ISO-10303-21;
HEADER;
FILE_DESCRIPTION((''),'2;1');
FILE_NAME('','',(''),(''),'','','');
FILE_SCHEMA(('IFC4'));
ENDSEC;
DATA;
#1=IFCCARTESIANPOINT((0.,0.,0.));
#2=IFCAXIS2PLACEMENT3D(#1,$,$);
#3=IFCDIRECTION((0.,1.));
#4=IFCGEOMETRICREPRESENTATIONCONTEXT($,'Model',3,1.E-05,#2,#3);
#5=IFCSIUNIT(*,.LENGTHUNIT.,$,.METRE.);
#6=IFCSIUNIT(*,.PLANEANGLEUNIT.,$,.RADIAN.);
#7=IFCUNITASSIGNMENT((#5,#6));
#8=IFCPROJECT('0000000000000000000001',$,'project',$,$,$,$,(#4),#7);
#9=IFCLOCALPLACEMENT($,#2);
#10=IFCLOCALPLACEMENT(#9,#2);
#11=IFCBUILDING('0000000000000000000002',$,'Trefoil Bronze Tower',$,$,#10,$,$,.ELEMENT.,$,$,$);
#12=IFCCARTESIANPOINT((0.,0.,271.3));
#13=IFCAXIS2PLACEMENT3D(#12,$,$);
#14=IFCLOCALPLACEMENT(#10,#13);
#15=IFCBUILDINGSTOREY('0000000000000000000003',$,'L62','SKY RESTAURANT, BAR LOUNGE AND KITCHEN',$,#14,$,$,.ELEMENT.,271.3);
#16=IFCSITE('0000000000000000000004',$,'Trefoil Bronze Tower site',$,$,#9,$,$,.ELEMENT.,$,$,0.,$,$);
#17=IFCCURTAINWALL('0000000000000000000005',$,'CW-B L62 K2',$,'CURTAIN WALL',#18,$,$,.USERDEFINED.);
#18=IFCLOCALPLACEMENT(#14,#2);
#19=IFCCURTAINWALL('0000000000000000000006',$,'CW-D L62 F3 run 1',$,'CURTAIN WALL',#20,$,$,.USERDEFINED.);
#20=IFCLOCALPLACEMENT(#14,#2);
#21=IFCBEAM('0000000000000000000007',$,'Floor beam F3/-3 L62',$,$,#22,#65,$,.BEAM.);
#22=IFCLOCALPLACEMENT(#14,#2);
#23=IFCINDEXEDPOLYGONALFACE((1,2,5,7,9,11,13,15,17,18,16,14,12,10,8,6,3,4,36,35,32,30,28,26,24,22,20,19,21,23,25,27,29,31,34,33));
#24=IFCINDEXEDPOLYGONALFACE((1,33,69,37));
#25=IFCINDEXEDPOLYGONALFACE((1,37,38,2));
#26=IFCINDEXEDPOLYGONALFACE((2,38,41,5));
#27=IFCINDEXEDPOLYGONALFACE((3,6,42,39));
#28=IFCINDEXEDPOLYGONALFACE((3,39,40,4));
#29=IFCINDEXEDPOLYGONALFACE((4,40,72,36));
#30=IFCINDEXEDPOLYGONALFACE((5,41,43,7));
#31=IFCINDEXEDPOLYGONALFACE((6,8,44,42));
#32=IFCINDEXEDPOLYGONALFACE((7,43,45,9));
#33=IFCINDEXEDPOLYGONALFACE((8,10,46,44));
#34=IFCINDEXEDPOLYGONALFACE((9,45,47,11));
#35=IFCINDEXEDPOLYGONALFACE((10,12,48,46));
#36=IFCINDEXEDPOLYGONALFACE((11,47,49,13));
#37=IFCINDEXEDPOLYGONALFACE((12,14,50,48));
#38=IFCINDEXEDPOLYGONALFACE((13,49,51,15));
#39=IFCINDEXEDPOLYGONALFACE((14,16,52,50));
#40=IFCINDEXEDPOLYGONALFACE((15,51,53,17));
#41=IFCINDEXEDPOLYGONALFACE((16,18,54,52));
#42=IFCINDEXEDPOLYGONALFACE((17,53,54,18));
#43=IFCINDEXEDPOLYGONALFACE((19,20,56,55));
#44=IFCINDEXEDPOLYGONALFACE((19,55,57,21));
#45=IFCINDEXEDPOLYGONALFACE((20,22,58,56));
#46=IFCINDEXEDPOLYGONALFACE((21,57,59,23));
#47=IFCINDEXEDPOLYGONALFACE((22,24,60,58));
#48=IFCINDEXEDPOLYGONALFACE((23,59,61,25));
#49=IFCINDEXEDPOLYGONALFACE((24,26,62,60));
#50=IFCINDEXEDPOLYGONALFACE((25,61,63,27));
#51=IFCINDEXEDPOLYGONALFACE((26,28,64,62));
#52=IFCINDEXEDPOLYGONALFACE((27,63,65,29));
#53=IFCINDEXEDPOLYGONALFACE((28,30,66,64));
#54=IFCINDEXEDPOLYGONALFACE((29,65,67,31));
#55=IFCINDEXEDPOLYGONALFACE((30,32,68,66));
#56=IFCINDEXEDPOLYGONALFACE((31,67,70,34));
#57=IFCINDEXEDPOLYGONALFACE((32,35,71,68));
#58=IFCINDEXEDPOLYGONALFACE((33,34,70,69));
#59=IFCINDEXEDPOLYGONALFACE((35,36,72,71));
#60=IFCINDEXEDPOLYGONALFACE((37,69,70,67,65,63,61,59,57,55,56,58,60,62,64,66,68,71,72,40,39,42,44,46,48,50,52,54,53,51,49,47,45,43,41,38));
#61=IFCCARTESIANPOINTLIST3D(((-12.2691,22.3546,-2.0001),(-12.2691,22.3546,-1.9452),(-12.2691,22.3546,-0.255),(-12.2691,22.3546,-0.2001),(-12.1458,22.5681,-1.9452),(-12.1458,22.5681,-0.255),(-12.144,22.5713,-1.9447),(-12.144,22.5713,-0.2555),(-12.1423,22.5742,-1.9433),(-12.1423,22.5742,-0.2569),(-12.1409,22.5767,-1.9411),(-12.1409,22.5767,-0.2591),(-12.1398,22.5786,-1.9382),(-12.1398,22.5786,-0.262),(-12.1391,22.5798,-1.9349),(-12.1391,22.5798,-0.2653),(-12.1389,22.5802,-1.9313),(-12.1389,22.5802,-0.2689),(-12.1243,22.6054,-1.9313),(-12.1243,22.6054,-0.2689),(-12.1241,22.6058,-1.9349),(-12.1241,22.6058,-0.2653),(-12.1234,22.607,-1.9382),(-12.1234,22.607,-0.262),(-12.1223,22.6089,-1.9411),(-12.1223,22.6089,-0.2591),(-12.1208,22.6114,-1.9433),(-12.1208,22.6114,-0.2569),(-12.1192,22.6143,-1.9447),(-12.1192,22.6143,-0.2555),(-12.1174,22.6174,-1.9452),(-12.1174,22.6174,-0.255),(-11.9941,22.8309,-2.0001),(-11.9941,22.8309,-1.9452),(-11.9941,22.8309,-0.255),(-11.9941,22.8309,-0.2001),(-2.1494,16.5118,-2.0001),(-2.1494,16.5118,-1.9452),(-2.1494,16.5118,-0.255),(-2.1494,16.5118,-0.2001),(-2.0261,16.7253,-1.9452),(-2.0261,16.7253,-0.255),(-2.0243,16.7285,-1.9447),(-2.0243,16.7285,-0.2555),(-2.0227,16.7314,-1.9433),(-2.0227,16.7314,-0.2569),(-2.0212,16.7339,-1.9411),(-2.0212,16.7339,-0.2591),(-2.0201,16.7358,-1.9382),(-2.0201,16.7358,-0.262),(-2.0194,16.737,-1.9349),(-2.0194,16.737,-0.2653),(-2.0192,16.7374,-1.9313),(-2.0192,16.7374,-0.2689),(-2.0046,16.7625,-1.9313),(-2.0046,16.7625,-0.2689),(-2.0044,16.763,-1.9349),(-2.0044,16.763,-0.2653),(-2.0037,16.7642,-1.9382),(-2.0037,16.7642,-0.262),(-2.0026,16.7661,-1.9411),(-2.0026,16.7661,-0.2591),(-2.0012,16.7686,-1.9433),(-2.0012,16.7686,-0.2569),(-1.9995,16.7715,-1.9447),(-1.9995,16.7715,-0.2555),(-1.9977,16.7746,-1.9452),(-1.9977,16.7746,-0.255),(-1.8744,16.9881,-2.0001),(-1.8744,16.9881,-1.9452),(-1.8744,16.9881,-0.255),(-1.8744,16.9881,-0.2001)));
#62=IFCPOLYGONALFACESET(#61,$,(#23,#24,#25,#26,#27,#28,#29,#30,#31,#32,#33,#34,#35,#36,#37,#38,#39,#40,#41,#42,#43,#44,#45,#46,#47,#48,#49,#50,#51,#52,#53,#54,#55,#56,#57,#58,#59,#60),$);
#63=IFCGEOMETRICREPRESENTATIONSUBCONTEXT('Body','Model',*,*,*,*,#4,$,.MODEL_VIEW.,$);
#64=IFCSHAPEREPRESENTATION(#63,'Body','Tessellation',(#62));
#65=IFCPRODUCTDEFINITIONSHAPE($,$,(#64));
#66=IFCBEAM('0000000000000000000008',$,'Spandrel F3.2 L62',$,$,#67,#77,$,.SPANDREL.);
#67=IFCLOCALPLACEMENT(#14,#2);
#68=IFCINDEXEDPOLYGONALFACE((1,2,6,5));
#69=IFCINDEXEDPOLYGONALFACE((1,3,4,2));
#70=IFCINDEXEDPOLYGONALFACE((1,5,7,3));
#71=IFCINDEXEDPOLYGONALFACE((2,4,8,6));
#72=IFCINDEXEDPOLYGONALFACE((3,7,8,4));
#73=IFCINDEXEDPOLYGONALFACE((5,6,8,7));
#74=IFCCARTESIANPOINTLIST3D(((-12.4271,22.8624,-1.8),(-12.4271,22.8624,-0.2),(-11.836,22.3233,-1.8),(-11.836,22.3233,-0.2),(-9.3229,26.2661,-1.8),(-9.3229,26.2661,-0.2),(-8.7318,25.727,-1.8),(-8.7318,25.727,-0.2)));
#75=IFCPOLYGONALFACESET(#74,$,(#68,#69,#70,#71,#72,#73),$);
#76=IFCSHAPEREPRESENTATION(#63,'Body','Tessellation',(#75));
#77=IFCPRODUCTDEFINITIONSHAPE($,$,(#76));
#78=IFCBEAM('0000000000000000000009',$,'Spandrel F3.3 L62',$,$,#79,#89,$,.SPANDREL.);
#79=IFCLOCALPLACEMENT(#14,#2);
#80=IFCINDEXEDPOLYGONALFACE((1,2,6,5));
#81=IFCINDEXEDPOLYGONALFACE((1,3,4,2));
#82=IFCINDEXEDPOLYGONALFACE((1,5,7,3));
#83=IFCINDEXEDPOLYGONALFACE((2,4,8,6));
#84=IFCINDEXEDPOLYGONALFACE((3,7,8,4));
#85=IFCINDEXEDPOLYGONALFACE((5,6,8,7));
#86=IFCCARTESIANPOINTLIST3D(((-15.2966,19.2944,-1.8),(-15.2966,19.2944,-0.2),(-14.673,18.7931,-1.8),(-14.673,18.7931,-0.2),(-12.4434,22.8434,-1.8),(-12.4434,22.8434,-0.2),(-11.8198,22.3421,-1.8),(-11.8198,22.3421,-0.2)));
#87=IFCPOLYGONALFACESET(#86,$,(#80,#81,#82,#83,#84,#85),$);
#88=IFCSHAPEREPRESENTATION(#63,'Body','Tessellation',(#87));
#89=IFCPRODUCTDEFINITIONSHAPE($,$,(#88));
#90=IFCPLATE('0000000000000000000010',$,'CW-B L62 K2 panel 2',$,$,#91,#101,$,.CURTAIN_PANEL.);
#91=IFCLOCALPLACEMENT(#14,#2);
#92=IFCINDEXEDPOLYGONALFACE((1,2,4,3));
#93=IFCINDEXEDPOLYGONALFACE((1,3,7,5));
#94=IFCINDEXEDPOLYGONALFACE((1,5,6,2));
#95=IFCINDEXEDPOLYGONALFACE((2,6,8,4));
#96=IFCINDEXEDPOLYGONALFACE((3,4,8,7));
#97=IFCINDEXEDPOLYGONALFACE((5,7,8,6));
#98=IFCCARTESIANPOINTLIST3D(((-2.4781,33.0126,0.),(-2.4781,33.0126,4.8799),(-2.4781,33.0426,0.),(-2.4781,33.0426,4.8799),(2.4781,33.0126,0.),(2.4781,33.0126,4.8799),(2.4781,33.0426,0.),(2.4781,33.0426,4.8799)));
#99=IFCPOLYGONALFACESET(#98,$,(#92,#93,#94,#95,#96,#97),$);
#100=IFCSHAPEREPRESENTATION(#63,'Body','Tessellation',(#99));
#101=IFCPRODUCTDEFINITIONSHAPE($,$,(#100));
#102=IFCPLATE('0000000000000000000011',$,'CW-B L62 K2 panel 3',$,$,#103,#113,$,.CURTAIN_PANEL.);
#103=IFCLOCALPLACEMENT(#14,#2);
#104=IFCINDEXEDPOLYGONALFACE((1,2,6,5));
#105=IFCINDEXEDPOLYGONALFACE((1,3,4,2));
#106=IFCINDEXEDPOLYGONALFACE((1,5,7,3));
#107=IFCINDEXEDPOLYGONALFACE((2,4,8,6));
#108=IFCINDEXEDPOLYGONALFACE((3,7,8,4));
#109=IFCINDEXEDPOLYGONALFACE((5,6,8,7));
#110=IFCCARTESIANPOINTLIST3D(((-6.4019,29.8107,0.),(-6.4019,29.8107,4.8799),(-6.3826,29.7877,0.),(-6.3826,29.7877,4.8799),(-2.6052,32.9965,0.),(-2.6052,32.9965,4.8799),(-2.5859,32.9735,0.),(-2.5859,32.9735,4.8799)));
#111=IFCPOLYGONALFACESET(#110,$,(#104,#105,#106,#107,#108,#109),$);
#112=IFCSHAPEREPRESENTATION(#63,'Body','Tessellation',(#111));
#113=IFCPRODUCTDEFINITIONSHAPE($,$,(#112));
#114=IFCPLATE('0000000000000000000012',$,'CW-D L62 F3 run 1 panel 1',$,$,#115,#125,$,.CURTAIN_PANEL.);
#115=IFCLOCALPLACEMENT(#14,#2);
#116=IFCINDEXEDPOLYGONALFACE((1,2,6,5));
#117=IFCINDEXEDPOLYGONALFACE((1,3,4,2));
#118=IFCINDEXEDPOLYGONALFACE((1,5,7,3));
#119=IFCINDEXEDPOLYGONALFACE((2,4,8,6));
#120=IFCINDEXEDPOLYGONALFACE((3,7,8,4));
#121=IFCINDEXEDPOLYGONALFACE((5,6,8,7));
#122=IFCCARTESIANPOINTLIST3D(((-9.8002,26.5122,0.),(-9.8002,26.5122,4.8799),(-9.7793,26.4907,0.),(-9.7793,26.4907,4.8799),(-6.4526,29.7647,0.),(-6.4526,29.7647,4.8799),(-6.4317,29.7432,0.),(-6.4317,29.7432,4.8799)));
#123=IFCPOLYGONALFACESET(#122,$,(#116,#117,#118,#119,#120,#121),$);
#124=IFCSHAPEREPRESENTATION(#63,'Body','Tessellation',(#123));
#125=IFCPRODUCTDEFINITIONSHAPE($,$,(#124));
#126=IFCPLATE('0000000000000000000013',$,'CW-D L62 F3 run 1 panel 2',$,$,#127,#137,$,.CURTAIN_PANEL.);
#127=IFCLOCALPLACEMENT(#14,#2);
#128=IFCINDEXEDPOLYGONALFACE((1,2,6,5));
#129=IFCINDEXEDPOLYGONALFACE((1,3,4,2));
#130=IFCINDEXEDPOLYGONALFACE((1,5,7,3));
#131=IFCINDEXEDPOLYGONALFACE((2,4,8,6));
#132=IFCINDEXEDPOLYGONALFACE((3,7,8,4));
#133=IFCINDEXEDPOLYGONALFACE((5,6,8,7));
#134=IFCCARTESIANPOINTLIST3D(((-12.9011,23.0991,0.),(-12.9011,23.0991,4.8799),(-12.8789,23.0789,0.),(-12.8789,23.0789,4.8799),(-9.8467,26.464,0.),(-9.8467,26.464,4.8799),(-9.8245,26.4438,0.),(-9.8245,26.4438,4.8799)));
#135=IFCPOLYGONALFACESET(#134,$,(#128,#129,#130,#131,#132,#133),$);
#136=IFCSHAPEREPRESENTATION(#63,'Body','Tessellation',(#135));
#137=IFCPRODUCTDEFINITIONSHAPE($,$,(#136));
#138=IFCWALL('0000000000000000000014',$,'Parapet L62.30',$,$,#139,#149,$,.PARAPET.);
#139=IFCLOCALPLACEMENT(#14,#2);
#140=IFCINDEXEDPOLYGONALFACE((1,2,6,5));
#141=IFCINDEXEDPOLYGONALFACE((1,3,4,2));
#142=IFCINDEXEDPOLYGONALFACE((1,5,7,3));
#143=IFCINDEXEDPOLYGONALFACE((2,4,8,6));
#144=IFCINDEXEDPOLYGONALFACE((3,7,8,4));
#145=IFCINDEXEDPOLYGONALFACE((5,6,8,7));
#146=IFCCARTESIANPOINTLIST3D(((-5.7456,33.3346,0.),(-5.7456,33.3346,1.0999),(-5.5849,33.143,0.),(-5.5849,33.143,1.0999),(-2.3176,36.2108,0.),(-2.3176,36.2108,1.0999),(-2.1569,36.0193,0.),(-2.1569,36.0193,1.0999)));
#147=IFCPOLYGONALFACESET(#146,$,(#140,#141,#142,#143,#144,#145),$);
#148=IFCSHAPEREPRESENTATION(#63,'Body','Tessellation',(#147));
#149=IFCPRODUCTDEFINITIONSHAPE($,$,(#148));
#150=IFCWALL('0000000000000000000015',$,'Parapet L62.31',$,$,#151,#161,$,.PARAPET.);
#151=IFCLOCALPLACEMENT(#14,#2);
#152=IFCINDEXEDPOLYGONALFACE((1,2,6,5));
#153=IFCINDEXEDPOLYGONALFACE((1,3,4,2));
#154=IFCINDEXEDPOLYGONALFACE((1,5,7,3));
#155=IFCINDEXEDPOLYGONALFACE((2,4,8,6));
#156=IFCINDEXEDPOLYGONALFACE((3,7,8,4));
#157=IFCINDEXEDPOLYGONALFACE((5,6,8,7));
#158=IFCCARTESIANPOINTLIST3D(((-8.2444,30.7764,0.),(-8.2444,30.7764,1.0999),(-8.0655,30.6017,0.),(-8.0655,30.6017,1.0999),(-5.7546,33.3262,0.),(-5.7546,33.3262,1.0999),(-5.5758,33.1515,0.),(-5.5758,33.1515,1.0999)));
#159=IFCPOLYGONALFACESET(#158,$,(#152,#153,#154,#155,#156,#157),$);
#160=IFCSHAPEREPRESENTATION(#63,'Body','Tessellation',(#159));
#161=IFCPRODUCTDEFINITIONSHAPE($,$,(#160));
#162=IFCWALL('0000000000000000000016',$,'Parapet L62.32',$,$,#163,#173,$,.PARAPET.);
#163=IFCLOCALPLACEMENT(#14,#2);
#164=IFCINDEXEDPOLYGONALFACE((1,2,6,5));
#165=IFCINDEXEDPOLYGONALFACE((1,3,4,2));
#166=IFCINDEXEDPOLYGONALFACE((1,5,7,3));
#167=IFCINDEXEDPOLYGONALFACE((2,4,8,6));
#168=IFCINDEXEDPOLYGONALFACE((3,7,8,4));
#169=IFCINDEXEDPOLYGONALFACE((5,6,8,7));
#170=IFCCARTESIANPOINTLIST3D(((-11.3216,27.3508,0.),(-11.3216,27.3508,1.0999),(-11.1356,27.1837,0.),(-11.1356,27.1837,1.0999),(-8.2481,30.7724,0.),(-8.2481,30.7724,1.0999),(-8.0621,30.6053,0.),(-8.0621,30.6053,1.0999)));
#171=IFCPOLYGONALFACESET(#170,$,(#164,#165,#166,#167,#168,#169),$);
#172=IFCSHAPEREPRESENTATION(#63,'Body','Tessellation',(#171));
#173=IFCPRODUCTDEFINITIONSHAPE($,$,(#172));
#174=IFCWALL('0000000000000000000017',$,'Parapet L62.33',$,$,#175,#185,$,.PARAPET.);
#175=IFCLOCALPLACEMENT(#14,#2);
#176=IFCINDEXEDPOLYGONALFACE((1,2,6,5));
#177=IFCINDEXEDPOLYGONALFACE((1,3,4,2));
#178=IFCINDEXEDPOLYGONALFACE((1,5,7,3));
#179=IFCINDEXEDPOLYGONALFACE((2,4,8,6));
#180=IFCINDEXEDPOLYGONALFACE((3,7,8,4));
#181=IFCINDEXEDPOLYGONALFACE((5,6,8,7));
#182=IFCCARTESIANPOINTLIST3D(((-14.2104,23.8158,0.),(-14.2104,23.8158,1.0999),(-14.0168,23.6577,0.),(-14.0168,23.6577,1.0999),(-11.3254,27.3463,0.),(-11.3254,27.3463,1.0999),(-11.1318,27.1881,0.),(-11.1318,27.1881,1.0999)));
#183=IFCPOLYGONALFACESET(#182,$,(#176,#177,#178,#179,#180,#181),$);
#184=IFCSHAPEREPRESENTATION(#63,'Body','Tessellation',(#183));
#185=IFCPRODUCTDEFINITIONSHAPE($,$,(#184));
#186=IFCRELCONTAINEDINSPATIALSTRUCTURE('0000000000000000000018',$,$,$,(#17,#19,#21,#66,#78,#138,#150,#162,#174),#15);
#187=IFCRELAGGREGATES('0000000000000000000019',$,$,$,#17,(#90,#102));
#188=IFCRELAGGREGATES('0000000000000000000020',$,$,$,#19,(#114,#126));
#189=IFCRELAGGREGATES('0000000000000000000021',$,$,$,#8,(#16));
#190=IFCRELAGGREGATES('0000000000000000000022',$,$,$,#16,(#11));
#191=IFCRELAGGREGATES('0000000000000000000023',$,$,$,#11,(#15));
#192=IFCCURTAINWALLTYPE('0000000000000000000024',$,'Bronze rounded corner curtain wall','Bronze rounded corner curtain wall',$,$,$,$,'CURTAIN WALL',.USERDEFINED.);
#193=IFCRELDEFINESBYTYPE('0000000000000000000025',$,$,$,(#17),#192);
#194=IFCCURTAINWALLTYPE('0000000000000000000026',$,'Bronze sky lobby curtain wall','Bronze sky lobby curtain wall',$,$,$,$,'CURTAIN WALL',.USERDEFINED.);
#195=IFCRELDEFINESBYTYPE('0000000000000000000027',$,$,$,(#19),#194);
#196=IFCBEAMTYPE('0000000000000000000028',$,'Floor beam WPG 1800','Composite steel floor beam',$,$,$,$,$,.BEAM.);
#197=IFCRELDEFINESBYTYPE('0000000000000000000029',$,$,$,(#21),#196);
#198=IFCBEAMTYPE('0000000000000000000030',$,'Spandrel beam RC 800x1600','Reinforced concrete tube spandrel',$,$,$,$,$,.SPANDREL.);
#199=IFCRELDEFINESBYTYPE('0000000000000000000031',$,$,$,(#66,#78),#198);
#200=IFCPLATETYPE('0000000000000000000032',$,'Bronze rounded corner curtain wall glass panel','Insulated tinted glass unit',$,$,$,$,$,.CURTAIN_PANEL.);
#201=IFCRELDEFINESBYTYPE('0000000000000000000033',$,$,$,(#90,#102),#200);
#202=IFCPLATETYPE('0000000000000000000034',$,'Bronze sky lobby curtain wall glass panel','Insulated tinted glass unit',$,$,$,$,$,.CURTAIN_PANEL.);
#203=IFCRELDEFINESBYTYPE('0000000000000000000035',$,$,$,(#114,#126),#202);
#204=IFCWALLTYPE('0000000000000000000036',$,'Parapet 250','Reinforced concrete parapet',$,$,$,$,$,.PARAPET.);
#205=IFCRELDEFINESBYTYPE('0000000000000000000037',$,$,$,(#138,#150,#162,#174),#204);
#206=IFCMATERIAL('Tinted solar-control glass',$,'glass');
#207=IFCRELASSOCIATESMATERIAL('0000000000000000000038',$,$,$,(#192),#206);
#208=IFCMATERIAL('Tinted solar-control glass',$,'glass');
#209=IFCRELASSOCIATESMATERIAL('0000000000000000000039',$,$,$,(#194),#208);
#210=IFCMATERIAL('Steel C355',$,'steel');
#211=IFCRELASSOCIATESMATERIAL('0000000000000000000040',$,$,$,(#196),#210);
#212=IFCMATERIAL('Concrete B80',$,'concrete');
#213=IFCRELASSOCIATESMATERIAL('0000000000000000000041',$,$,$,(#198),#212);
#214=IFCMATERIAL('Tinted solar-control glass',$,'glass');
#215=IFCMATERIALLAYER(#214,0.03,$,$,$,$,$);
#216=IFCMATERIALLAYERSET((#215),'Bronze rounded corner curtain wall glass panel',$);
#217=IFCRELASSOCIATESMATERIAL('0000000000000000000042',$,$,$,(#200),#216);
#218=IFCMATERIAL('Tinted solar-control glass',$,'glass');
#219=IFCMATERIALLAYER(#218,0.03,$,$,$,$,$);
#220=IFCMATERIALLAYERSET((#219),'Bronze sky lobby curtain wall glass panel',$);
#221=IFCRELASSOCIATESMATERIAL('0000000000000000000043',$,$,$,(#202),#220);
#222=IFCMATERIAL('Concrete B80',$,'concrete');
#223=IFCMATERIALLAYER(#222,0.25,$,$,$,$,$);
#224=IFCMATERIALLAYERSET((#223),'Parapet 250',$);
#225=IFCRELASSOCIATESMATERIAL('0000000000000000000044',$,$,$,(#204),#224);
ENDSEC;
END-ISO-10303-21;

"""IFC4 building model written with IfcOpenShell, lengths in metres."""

from ifc_helpers import new_model, si_unit, direction, frame, frame_2d, origin, origin_2d, place, context, subcontext, project, spatial, rectangle, i_section, extrude, material, layer, layer_set, material_profile, profile_set, type_object, element, aggregate, save


model = new_model("IFC4")

# Units and contexts
model_context = context("Model", 3, precision=1e-05, world=origin(), true_north=direction((0.0, 1.0)))
body_context = subcontext(model_context, "Body", "Model", "MODEL_VIEW")
ifc_project = project(units=[si_unit("LENGTHUNIT", "METRE"), si_unit("PLANEANGLEUNIT", "RADIAN")], contexts=[model_context])

# Site, building, storey
site_placement = place(None, origin())
site = spatial("IfcSite", under=ifc_project, at=site_placement, Name="Trefoil Bronze Tower site", CompositionType="ELEMENT", RefElevation=0.0)
building_placement = place(site_placement, origin())
building = spatial("IfcBuilding", under=site, at=building_placement, Name="Trefoil Bronze Tower", CompositionType="ELEMENT")
storey_placement = place(building_placement, frame((0.0, 0.0, 271.3)))
storey = spatial("IfcBuildingStorey", under=building, at=storey_placement, Name="L62", Description="SKY RESTAURANT, BAR LOUNGE AND KITCHEN", CompositionType="ELEMENT", Elevation=271.3)

# Curtain walls
ifc_material_1 = material(Name="Tinted solar-control glass", Category="glass")
curtain_wall_type_1 = type_object("IfcCurtainWallType", Name="Bronze rounded corner curtain wall", Description="Bronze rounded corner curtain wall", ElementType="CURTAIN WALL", PredefinedType="USERDEFINED", material=ifc_material_1)
curtain_wall_1_placement = place(storey_placement, origin())
curtain_wall_1 = element("IfcCurtainWall", 1, at=curtain_wall_1_placement, inside=storey, type_object=curtain_wall_type_1, Name="CW-B L62 K2", ObjectType="CURTAIN WALL", PredefinedType="USERDEFINED")
ifc_material_2 = material(Name="Tinted solar-control glass", Category="glass")
curtain_wall_type_2 = type_object("IfcCurtainWallType", Name="Bronze sky lobby curtain wall", Description="Bronze sky lobby curtain wall", ElementType="CURTAIN WALL", PredefinedType="USERDEFINED", material=ifc_material_2)
curtain_wall_2_placement = place(storey_placement, origin())
curtain_wall_2 = element("IfcCurtainWall", 2, at=curtain_wall_2_placement, inside=storey, type_object=curtain_wall_type_2, Name="CW-D L62 F3 run 1", ObjectType="CURTAIN WALL", PredefinedType="USERDEFINED")

# Beams
ifc_material_3 = material(Name="Steel C355", Category="steel")
ifc_material_profile_1 = material_profile(ifc_material_3, i_section(OverallWidth=0.55, OverallDepth=1.8, WebThickness=0.0291, FlangeThickness=0.0549, FilletRadius=0.0139, at=origin_2d()), Name="WPG 1800")
ifc_profile_set_1 = profile_set([ifc_material_profile_1], Name="Steel C355")
beam_type_1 = type_object("IfcBeamType", Name="Floor beam WPG 1800", Description="Composite steel floor beam", PredefinedType="BEAM", material=ifc_profile_set_1)
beam_1_placement = place(storey_placement, frame((-12.1316, 22.5928, -1.1001), z_axis=(0.866018, -0.500013, 0.0), x_axis=(0.500013, 0.866018, 0.0)))
element("IfcBeam", 3, at=beam_1_placement, inside=storey, type_object=beam_type_1, Name="Floor beam F3/-3 L62", PredefinedType="BEAM", context=body_context, shape_type="SweptSolid", body=[
    extrude(i_section(OverallWidth=0.55, OverallDepth=1.8, WebThickness=0.0291, FlangeThickness=0.0549, FilletRadius=0.0139, at=origin_2d()), origin(), (0.0, 0.0, 1.0), 11.6853),
])
ifc_material_4 = material(Name="Concrete B80", Category="concrete")
ifc_material_profile_2 = material_profile(ifc_material_4, rectangle(XDim=0.8, YDim=1.6001, at=origin_2d()), Name="RC 800x1600")
ifc_profile_set_2 = profile_set([ifc_material_profile_2], Name="Concrete B80")
beam_type_2 = type_object("IfcBeamType", Name="Spandrel beam RC 800x1600", Description="Reinforced concrete tube spandrel", PredefinedType="SPANDREL", material=ifc_profile_set_2)
beam_2_placement = place(storey_placement, frame((-9.0273, 25.9966, -1.0), z_axis=(-0.673846, -0.738872, 0.0), x_axis=(0.738872, -0.673846, 0.0)))
element("IfcBeam", 4, at=beam_2_placement, inside=storey, type_object=beam_type_2, Name="Spandrel F3.2 L62", PredefinedType="SPANDREL", context=body_context, shape_type="SweptSolid", body=[
    extrude(rectangle(XDim=0.8, YDim=1.6001, at=origin_2d()), origin(), (0.0, 0.0, 1.0), 4.6067),
])
beam_3_placement = place(storey_placement, frame((-12.1316, 22.5928, -1.0), z_axis=(-0.62657, -0.779365, 0.0), x_axis=(0.779365, -0.62657, 0.0)))
element("IfcBeam", 5, at=beam_3_placement, inside=storey, type_object=beam_type_2, Name="Spandrel F3.3 L62", PredefinedType="SPANDREL", context=body_context, shape_type="SweptSolid", body=[
    extrude(rectangle(XDim=0.8, YDim=1.6001, at=origin_2d()), origin(), (0.0, 0.0, 1.0), 4.5537),
])

# Plates
ifc_material_5 = material(Name="Tinted solar-control glass", Category="glass")
ifc_layer_1 = layer(ifc_material_5, 0.03)
ifc_layer_set_1 = layer_set([ifc_layer_1], Name="Bronze rounded corner curtain wall glass panel")
plate_type_1 = type_object("IfcPlateType", Name="Bronze rounded corner curtain wall glass panel", Description="Insulated tinted glass unit", PredefinedType="CURTAIN_PANEL", material=ifc_layer_set_1)
plate_1_placement = place(storey_placement, frame((0.0, 33.0276, 0.0), z_axis=(0.0, 0.0, 1.0), x_axis=(-1.0, 0.0, 0.0)))
plate_1 = element("IfcPlate", 6, at=plate_1_placement, type_object=plate_type_1, Name="CW-B L62 K2 panel 2", PredefinedType="CURTAIN_PANEL", context=body_context, shape_type="SweptSolid", body=[
    extrude(rectangle(XDim=4.9563, YDim=0.03, at=origin_2d()), origin(), (0.0, 0.0, 1.0), 4.8799),
])
plate_2_placement = place(storey_placement, frame((-4.4939, 31.3921, 0.0), z_axis=(0.0, 0.0, 1.0), x_axis=(-0.766044, -0.642788, 0.0)))
plate_2 = element("IfcPlate", 7, at=plate_2_placement, type_object=plate_type_1, Name="CW-B L62 K2 panel 3", PredefinedType="CURTAIN_PANEL", context=body_context, shape_type="SweptSolid", body=[
    extrude(rectangle(XDim=4.9563, YDim=0.03, at=origin_2d()), origin(), (0.0, 0.0, 1.0), 4.8799),
])
aggregate(curtain_wall_1, [plate_1, plate_2])
ifc_material_6 = material(Name="Tinted solar-control glass", Category="glass")
ifc_layer_2 = layer(ifc_material_6, 0.03)
ifc_layer_set_2 = layer_set([ifc_layer_2], Name="Bronze sky lobby curtain wall glass panel")
plate_type_2 = type_object("IfcPlateType", Name="Bronze sky lobby curtain wall glass panel", Description="Insulated tinted glass unit", PredefinedType="CURTAIN_PANEL", material=ifc_layer_set_2)
plate_3_placement = place(storey_placement, frame((-8.116, 28.1277, 0.0), z_axis=(0.0, 0.0, 1.0), x_axis=(-0.717218, -0.696849, 0.0)))
plate_3 = element("IfcPlate", 8, at=plate_3_placement, type_object=plate_type_2, Name="CW-D L62 F3 run 1 panel 1", PredefinedType="CURTAIN_PANEL", context=body_context, shape_type="SweptSolid", body=[
    extrude(rectangle(XDim=4.6675, YDim=0.03, at=origin_2d()), origin(), (0.0, 0.0, 1.0), 4.8799),
])
plate_4_placement = place(storey_placement, frame((-11.3628, 24.7715, 0.0), z_axis=(0.0, 0.0, 1.0), x_axis=(-0.672115, -0.740447, 0.0)))
plate_4 = element("IfcPlate", 9, at=plate_4_placement, type_object=plate_type_2, Name="CW-D L62 F3 run 1 panel 2", PredefinedType="CURTAIN_PANEL", context=body_context, shape_type="SweptSolid", body=[
    extrude(rectangle(XDim=4.5444, YDim=0.03, at=origin_2d()), origin(), (0.0, 0.0, 1.0), 4.8799),
])
aggregate(curtain_wall_2, [plate_3, plate_4])

# Walls
ifc_material_7 = material(Name="Concrete B80", Category="concrete")
ifc_layer_3 = layer(ifc_material_7, 0.25)
ifc_layer_set_3 = layer_set([ifc_layer_3], Name="Parapet 250")
wall_type = type_object("IfcWallType", Name="Parapet 250", Description="Reinforced concrete parapet", PredefinedType="PARAPET", material=ifc_layer_set_3)
wall_1_placement = place(storey_placement, frame((-2.2373, 36.115, 0.0), z_axis=(0.0, 0.0, 1.0), x_axis=(-0.766066, -0.642762, 0.0)))
element("IfcWall", 10, at=wall_1_placement, inside=storey, type_object=wall_type, Name="Parapet L62.30", PredefinedType="PARAPET", context=body_context, shape_type="SweptSolid", body=[
    extrude(rectangle(XDim=4.4749, YDim=0.25, at=frame_2d((2.2373, 0.0))), origin(), (0.0, 0.0, 1.0), 1.0999),
])
wall_2_placement = place(storey_placement, frame((-5.6653, 33.2388, 0.0), z_axis=(0.0, 0.0, 1.0), x_axis=(-0.69863, -0.715483, 0.0)))
element("IfcWall", 11, at=wall_2_placement, inside=storey, type_object=wall_type, Name="Parapet L62.31", PredefinedType="PARAPET", context=body_context, shape_type="SweptSolid", body=[
    extrude(rectangle(XDim=3.5637, YDim=0.25, at=frame_2d((1.7817, 0.0))), origin(), (0.0, 0.0, 1.0), 1.0999),
])
wall_3_placement = place(storey_placement, frame((-8.155, 30.689, 0.0), z_axis=(0.0, 0.0, 1.0), x_axis=(-0.668246, -0.74394, 0.0)))
element("IfcWall", 12, at=wall_3_placement, inside=storey, type_object=wall_type, Name="Parapet L62.32", PredefinedType="PARAPET", context=body_context, shape_type="SweptSolid", body=[
    extrude(rectangle(XDim=4.5994, YDim=0.25, at=frame_2d((2.2998, 0.0))), origin(), (0.0, 0.0, 1.0), 1.0999),
])
wall_4_placement = place(storey_placement, frame((-11.2285, 27.2673, 0.0), z_axis=(0.0, 0.0, 1.0), x_axis=(-0.632765, -0.774344, 0.0)))
element("IfcWall", 13, at=wall_4_placement, inside=storey, type_object=wall_type, Name="Parapet L62.33", PredefinedType="PARAPET", context=body_context, shape_type="SweptSolid", body=[
    extrude(rectangle(XDim=4.5593, YDim=0.25, at=frame_2d((2.2798, 0.0))), origin(), (0.0, 0.0, 1.0), 1.0999),
])

save(model, "model.ifc")
